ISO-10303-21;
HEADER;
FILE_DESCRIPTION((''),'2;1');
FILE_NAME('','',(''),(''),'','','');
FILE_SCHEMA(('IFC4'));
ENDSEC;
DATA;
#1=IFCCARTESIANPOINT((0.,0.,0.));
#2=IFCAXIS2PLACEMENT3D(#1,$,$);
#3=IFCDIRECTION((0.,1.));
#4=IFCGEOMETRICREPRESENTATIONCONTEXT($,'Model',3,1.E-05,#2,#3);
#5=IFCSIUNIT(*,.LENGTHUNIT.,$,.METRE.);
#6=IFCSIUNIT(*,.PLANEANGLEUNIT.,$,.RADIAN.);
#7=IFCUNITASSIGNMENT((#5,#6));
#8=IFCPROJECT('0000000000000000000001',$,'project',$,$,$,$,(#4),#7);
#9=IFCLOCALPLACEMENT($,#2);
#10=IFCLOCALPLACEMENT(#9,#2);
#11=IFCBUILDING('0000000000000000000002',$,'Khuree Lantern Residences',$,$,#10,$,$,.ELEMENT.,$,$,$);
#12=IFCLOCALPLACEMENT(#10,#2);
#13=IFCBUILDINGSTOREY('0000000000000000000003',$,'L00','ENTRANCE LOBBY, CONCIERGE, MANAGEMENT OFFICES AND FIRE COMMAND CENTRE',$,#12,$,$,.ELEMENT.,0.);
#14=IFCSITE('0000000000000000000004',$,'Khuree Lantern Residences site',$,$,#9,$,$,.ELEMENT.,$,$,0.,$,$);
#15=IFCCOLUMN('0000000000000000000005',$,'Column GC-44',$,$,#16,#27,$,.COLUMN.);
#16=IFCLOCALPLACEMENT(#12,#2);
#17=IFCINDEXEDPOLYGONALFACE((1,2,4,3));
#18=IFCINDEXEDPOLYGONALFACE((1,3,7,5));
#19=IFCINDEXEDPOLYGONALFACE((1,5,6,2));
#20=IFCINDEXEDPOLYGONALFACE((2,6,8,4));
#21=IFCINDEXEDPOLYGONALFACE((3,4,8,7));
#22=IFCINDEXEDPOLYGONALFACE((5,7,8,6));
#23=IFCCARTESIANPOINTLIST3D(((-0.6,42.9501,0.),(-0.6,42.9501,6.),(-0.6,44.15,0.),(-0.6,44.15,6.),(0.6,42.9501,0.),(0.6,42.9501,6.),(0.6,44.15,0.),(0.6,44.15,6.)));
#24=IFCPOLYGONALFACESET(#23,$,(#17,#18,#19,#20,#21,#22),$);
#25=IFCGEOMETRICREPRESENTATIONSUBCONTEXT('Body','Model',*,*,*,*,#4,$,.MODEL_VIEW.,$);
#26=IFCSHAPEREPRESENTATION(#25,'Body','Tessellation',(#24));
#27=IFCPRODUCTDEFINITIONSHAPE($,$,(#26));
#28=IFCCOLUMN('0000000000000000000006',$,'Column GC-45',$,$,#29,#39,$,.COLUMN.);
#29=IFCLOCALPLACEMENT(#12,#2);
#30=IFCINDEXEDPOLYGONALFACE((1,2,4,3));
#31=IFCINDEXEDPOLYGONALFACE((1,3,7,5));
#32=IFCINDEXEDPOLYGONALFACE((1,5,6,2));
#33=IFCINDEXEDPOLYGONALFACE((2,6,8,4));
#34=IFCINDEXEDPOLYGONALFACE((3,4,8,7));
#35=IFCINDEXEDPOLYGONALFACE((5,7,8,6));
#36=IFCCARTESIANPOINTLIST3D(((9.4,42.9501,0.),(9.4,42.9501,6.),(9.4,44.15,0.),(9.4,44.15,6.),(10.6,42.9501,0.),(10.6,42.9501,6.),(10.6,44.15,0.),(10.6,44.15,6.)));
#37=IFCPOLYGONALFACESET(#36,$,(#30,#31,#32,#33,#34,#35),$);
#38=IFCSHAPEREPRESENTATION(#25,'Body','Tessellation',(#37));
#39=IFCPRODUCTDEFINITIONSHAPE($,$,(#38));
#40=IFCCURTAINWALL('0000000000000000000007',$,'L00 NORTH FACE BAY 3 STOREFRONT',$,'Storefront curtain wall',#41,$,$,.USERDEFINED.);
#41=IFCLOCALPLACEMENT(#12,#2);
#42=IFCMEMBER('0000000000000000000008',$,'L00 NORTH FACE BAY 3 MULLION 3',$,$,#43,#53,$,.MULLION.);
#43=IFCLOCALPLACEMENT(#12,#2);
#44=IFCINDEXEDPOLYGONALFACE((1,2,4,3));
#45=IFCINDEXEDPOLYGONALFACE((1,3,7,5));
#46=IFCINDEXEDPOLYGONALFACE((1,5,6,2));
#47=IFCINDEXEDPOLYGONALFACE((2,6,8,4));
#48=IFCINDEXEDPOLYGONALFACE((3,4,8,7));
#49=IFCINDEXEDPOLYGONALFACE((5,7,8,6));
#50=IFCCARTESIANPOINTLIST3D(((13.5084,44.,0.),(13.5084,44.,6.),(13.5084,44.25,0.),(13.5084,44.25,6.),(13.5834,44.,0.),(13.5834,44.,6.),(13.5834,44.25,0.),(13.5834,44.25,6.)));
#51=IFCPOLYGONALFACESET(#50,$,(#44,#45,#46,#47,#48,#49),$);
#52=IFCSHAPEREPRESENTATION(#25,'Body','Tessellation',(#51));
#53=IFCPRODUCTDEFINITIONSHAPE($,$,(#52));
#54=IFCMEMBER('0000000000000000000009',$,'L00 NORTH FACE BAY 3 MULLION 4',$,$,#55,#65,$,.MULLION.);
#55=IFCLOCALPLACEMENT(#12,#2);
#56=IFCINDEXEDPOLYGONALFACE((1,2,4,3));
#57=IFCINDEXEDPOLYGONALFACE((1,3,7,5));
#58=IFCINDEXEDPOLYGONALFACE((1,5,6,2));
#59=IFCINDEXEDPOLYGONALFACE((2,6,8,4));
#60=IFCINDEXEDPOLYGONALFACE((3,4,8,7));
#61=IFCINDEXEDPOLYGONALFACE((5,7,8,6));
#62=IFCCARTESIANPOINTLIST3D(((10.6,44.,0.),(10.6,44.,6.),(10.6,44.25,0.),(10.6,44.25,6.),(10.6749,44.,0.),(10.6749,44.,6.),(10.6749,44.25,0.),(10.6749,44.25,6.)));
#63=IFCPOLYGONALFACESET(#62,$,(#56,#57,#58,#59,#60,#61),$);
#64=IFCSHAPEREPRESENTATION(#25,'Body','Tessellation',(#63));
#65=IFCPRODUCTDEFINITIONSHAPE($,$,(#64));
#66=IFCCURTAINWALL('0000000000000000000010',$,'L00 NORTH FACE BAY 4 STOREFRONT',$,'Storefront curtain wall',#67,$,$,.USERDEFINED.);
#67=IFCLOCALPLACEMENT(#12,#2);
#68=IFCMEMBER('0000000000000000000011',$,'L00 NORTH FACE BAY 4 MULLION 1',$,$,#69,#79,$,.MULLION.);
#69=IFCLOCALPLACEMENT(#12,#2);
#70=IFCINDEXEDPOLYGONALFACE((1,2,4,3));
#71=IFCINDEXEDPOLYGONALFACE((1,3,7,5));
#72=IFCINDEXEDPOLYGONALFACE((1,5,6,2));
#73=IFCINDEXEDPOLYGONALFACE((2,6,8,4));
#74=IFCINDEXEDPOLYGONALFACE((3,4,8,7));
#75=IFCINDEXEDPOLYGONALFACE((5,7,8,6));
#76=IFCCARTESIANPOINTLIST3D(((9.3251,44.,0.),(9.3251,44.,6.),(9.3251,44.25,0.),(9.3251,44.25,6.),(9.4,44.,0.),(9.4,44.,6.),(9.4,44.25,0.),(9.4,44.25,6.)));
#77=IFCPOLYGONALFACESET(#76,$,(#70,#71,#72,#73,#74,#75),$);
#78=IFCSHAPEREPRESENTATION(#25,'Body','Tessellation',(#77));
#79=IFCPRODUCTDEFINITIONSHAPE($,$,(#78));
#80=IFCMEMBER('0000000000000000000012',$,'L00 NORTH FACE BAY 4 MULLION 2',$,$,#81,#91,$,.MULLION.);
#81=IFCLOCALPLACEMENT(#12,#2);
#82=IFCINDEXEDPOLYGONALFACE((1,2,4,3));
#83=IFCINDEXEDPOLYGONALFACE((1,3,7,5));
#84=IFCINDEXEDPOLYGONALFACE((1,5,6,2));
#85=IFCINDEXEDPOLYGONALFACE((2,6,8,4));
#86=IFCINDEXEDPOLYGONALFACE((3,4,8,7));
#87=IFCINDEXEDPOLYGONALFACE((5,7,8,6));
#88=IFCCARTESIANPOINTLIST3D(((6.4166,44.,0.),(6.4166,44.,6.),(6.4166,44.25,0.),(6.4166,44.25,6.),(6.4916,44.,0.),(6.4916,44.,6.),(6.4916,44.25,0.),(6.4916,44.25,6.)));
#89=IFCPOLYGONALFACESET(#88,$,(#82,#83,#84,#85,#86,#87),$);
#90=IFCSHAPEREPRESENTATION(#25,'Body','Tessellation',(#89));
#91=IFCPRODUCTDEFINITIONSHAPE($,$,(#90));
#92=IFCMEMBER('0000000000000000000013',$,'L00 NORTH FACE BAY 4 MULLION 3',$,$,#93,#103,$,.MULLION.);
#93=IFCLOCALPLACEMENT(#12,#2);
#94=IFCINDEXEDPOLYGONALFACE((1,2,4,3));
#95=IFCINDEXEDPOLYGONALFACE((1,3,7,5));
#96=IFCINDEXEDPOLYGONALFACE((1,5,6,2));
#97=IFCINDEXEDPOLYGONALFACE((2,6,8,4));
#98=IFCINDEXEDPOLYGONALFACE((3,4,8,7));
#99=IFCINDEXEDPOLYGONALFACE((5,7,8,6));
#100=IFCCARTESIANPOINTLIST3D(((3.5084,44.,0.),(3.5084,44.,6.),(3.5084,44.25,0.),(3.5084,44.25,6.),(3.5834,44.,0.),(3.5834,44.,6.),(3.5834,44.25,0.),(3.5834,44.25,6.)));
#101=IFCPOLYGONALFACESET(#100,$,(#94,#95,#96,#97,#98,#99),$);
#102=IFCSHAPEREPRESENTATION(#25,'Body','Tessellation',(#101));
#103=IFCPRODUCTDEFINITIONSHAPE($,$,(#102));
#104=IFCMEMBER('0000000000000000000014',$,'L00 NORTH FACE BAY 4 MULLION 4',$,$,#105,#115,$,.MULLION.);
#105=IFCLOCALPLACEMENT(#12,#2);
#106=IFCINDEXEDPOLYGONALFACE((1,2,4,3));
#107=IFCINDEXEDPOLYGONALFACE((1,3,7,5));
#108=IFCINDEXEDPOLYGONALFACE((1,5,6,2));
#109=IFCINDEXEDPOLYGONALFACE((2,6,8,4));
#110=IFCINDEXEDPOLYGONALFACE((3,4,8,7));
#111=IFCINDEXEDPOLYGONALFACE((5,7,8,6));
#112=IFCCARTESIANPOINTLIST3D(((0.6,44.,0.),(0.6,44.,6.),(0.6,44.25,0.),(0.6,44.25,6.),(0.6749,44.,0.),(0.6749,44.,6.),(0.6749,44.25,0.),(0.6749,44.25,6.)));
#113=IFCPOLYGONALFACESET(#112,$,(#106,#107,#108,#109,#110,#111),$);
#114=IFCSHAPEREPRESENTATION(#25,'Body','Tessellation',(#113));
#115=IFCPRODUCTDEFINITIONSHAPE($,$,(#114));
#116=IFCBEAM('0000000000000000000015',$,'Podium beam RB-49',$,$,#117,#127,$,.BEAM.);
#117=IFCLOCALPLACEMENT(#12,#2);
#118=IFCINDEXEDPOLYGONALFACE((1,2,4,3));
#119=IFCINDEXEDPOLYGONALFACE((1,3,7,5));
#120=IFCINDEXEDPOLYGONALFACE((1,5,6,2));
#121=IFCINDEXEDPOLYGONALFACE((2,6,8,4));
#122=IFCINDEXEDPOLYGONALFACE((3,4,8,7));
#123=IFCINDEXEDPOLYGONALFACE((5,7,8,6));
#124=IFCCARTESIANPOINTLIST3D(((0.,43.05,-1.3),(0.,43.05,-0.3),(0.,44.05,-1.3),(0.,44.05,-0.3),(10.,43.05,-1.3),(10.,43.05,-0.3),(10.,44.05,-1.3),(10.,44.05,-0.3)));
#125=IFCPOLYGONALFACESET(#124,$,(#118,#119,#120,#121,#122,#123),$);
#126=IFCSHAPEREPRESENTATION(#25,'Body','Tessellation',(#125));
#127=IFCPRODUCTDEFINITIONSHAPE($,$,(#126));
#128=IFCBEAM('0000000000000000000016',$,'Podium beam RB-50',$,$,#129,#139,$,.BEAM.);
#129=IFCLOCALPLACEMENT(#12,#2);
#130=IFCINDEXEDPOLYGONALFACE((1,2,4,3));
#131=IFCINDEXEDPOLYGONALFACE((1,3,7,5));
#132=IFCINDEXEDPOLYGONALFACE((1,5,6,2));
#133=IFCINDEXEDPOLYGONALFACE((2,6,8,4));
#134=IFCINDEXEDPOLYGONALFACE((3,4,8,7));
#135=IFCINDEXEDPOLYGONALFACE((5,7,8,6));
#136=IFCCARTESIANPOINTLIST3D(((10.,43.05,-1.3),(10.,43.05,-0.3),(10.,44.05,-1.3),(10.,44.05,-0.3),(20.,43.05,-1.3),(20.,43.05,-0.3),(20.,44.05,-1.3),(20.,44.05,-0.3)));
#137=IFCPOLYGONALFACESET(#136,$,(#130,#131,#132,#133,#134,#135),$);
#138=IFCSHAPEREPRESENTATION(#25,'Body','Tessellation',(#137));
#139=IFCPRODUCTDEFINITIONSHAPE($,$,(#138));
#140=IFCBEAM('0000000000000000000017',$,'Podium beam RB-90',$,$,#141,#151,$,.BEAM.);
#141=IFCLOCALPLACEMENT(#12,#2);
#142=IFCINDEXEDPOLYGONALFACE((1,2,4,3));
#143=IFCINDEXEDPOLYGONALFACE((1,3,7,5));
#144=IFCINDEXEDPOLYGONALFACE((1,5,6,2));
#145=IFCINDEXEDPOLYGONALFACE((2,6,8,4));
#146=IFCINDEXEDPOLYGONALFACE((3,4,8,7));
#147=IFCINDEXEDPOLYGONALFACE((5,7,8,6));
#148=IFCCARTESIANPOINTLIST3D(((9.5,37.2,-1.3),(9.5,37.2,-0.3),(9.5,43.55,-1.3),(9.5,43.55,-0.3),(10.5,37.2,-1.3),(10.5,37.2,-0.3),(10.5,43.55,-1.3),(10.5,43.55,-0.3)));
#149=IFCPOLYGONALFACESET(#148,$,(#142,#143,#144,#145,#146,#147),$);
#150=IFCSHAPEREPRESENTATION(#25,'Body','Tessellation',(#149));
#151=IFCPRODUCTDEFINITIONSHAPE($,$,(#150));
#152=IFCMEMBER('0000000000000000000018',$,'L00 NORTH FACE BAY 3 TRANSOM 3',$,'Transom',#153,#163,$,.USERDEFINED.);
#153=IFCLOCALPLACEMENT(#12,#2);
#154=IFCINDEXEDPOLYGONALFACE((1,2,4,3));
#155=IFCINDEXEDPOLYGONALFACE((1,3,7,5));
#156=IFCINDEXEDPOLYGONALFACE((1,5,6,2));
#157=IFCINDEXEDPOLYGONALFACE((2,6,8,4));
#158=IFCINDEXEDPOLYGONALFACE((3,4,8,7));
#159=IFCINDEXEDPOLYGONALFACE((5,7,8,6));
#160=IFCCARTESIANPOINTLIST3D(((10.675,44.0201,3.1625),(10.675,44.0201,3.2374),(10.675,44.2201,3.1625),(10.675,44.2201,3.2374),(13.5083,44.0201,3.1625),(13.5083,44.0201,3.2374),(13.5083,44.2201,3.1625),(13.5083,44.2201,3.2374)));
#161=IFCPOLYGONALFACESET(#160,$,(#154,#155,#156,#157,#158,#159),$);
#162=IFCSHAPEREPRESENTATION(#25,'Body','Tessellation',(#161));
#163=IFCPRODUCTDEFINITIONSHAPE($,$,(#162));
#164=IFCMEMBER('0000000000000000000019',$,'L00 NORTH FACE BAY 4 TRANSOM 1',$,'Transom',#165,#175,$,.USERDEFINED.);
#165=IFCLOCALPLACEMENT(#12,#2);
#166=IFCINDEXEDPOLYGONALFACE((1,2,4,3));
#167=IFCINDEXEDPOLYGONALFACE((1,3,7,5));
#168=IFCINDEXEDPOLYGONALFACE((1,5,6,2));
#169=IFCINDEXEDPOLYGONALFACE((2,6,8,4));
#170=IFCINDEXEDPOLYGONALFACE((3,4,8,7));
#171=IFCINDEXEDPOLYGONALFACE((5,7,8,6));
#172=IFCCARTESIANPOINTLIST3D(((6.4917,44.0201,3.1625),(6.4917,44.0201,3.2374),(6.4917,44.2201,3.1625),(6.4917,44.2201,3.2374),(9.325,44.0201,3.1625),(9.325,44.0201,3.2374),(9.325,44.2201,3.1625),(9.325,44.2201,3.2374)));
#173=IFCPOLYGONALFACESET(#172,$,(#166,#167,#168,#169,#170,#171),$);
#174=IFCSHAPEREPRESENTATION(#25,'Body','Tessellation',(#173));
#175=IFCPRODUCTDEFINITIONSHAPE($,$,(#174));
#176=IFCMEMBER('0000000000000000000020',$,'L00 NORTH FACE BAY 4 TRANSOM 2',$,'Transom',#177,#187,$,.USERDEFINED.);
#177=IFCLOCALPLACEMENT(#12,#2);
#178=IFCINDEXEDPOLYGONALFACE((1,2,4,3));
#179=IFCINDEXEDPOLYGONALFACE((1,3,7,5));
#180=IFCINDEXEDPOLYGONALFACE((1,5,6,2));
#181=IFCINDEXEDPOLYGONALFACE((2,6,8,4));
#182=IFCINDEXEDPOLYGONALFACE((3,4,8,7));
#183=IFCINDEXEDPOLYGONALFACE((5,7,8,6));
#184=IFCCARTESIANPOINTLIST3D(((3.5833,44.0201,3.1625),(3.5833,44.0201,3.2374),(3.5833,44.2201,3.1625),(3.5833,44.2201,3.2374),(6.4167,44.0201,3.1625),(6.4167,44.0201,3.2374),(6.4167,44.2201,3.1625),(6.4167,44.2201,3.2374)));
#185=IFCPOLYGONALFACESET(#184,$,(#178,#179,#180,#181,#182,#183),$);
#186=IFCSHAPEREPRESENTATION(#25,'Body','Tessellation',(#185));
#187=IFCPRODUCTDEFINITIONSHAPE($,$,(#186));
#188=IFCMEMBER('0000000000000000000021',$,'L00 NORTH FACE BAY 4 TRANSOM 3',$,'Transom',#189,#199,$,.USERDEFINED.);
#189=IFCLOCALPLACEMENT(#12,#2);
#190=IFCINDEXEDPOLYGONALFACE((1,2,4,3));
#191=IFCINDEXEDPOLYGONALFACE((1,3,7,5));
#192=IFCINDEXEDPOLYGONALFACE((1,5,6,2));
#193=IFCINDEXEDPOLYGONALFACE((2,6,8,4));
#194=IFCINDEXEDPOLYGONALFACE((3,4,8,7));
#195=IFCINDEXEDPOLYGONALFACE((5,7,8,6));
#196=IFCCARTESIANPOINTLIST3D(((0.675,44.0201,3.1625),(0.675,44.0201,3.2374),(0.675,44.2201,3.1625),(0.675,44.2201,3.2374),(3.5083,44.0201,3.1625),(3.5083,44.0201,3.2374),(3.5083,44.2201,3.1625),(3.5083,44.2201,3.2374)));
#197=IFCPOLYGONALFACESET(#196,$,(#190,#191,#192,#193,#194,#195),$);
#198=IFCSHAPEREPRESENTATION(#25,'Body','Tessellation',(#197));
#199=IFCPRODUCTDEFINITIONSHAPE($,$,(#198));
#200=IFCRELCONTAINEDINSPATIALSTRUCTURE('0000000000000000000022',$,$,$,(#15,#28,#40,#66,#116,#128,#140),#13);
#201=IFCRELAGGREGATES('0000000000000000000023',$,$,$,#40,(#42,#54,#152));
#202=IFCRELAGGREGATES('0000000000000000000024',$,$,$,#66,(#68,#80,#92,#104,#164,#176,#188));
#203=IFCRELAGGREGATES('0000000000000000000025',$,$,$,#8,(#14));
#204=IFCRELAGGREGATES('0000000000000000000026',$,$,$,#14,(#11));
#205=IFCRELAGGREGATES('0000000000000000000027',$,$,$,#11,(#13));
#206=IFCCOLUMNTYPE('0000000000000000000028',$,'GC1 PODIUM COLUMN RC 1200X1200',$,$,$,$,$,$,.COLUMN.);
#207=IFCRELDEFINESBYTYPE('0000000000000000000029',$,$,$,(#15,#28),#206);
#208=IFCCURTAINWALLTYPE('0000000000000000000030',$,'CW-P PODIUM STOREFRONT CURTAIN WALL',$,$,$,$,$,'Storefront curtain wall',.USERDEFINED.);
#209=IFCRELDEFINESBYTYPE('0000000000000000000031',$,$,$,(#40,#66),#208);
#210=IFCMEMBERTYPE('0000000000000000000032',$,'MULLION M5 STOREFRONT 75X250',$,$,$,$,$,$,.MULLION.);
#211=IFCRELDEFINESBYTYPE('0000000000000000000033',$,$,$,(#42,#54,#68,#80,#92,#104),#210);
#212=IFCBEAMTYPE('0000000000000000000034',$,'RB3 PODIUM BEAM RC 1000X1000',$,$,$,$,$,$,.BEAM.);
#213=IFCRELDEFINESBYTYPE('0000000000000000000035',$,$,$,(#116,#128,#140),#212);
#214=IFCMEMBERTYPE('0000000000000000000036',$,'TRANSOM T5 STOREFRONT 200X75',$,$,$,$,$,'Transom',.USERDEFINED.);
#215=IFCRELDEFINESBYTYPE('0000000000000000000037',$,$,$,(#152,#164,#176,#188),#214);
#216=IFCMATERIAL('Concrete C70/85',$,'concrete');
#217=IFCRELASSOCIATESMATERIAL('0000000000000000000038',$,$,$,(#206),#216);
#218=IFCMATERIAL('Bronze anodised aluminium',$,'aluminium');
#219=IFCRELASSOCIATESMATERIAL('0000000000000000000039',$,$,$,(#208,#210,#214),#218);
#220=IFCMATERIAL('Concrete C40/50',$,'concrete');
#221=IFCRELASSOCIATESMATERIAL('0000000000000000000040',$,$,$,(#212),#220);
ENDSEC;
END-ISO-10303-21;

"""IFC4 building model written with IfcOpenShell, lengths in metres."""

from ifc_helpers import new_model, si_unit, direction, frame, origin, origin_2d, place, context, subcontext, project, spatial, rectangle, extrude, material, material_profile, profile_set, type_object, element, aggregate, save


model = new_model("IFC4")

# Units and contexts
model_context = context("Model", 3, precision=1e-05, world=origin(), true_north=direction((0.0, 1.0)))
body_context = subcontext(model_context, "Body", "Model", "MODEL_VIEW")
ifc_project = project(units=[si_unit("LENGTHUNIT", "METRE"), si_unit("PLANEANGLEUNIT", "RADIAN")], contexts=[model_context])

# Site, building, storey
site_placement = place(None, origin())
site = spatial("IfcSite", under=ifc_project, at=site_placement, Name="Khuree Lantern Residences site", CompositionType="ELEMENT", RefElevation=0.0)
building_placement = place(site_placement, origin())
building = spatial("IfcBuilding", under=site, at=building_placement, Name="Khuree Lantern Residences", CompositionType="ELEMENT")
storey_placement = place(building_placement, origin())
storey = spatial("IfcBuildingStorey", under=building, at=storey_placement, Name="L00", Description="ENTRANCE LOBBY, CONCIERGE, MANAGEMENT OFFICES AND FIRE COMMAND CENTRE", CompositionType="ELEMENT", Elevation=0.0)

# Columns
ifc_material_1 = material(Name="Concrete C70/85", Category="concrete")
ifc_material_profile_1 = material_profile(ifc_material_1, rectangle(XDim=1.2, YDim=1.2, at=origin_2d()), Name="RC 1200X1200")
ifc_profile_set_1 = profile_set([ifc_material_profile_1], Name="Concrete C70/85")
column_type = type_object("IfcColumnType", Name="GC1 PODIUM COLUMN RC 1200X1200", PredefinedType="COLUMN", material=ifc_profile_set_1)
for number, where, z_axis, x_axis, name in (
    (1, (0.0, 43.55, 0.0), (0.0, 0.0, 1.0), (1.0, 0.0, 0.0), "Column GC-44"),
    (2, (10.0, 43.55, 0.0), (0.0, 0.0, 1.0), (1.0, 0.0, 0.0), "Column GC-45"),
):
    element("IfcColumn", number, at=place(storey_placement, frame(where, z_axis=z_axis, x_axis=x_axis)), inside=storey, type_object=column_type, Name=name, PredefinedType="COLUMN", context=body_context, shape_type="SweptSolid", body=[
        extrude(rectangle(XDim=1.2, YDim=1.2, at=origin_2d()), origin(), (0.0, 0.0, 1.0), 6.0),
    ])

# Curtain walls, members
ifc_material_2 = material(Name="Bronze anodised aluminium", Category="aluminium")
curtain_wall_type = type_object("IfcCurtainWallType", Name="CW-P PODIUM STOREFRONT CURTAIN WALL", ElementType="Storefront curtain wall", PredefinedType="USERDEFINED", material=ifc_material_2)
curtain_wall_1_placement = place(storey_placement, origin())
curtain_wall_1 = element("IfcCurtainWall", 3, at=curtain_wall_1_placement, inside=storey, type_object=curtain_wall_type, Name="L00 NORTH FACE BAY 3 STOREFRONT", ObjectType="Storefront curtain wall", PredefinedType="USERDEFINED")
ifc_material_profile_2 = material_profile(ifc_material_2, rectangle(XDim=0.075, YDim=0.25, at=origin_2d()), Name="M5 75X250")
ifc_profile_set_2 = profile_set([ifc_material_profile_2], Name="Bronze anodised aluminium")
member_type_1 = type_object("IfcMemberType", Name="MULLION M5 STOREFRONT 75X250", PredefinedType="MULLION", material=ifc_profile_set_2)
member_1_placement = place(storey_placement, frame((13.5459, 44.125, 0.0), z_axis=(0.0, 0.0, 1.0), x_axis=(-1.0, 0.0, 0.0)))
member_1 = element("IfcMember", 4, at=member_1_placement, type_object=member_type_1, Name="L00 NORTH FACE BAY 3 MULLION 3", PredefinedType="MULLION", context=body_context, shape_type="SweptSolid", body=[
    extrude(rectangle(XDim=0.075, YDim=0.25, at=origin_2d()), origin(), (0.0, 0.0, 1.0), 6.0),
])
member_2_placement = place(storey_placement, frame((10.6375, 44.125, 0.0), z_axis=(0.0, 0.0, 1.0), x_axis=(-1.0, 0.0, 0.0)))
member_2 = element("IfcMember", 5, at=member_2_placement, type_object=member_type_1, Name="L00 NORTH FACE BAY 3 MULLION 4", PredefinedType="MULLION", context=body_context, shape_type="SweptSolid", body=[
    extrude(rectangle(XDim=0.075, YDim=0.25, at=origin_2d()), origin(), (0.0, 0.0, 1.0), 6.0),
])
curtain_wall_2_placement = place(storey_placement, origin())
curtain_wall_2 = element("IfcCurtainWall", 6, at=curtain_wall_2_placement, inside=storey, type_object=curtain_wall_type, Name="L00 NORTH FACE BAY 4 STOREFRONT", ObjectType="Storefront curtain wall", PredefinedType="USERDEFINED")
member_3_placement = place(storey_placement, frame((9.3625, 44.125, 0.0), z_axis=(0.0, 0.0, 1.0), x_axis=(-1.0, 0.0, 0.0)))
member_3 = element("IfcMember", 7, at=member_3_placement, type_object=member_type_1, Name="L00 NORTH FACE BAY 4 MULLION 1", PredefinedType="MULLION", context=body_context, shape_type="SweptSolid", body=[
    extrude(rectangle(XDim=0.075, YDim=0.25, at=origin_2d()), origin(), (0.0, 0.0, 1.0), 6.0),
])
member_4_placement = place(storey_placement, frame((6.4541, 44.125, 0.0), z_axis=(0.0, 0.0, 1.0), x_axis=(-1.0, 0.0, 0.0)))
member_4 = element("IfcMember", 8, at=member_4_placement, type_object=member_type_1, Name="L00 NORTH FACE BAY 4 MULLION 2", PredefinedType="MULLION", context=body_context, shape_type="SweptSolid", body=[
    extrude(rectangle(XDim=0.075, YDim=0.25, at=origin_2d()), origin(), (0.0, 0.0, 1.0), 6.0),
])
member_5_placement = place(storey_placement, frame((3.5459, 44.125, 0.0), z_axis=(0.0, 0.0, 1.0), x_axis=(-1.0, 0.0, 0.0)))
member_5 = element("IfcMember", 9, at=member_5_placement, type_object=member_type_1, Name="L00 NORTH FACE BAY 4 MULLION 3", PredefinedType="MULLION", context=body_context, shape_type="SweptSolid", body=[
    extrude(rectangle(XDim=0.075, YDim=0.25, at=origin_2d()), origin(), (0.0, 0.0, 1.0), 6.0),
])
member_6_placement = place(storey_placement, frame((0.6375, 44.125, 0.0), z_axis=(0.0, 0.0, 1.0), x_axis=(-1.0, 0.0, 0.0)))
member_6 = element("IfcMember", 10, at=member_6_placement, type_object=member_type_1, Name="L00 NORTH FACE BAY 4 MULLION 4", PredefinedType="MULLION", context=body_context, shape_type="SweptSolid", body=[
    extrude(rectangle(XDim=0.075, YDim=0.25, at=origin_2d()), origin(), (0.0, 0.0, 1.0), 6.0),
])

# Beams
ifc_material_3 = material(Name="Concrete C40/50", Category="concrete")
ifc_material_profile_3 = material_profile(ifc_material_3, rectangle(XDim=1.0, YDim=1.0, at=origin_2d()), Name="RC 1000X1000")
ifc_profile_set_3 = profile_set([ifc_material_profile_3], Name="Concrete C40/50")
beam_type = type_object("IfcBeamType", Name="RB3 PODIUM BEAM RC 1000X1000", PredefinedType="BEAM", material=ifc_profile_set_3)
for number, where, z_axis, x_axis, name in (
    (11, (0.0, 43.55, -0.8), (1.0, 0.0, 0.0), (0.0, 1.0, 0.0), "Podium beam RB-49"),
    (12, (10.0, 43.55, -0.8), (1.0, 0.0, 0.0), (0.0, 1.0, 0.0), "Podium beam RB-50"),
):
    element("IfcBeam", number, at=place(storey_placement, frame(where, z_axis=z_axis, x_axis=x_axis)), inside=storey, type_object=beam_type, Name=name, PredefinedType="BEAM", context=body_context, shape_type="SweptSolid", body=[
        extrude(rectangle(XDim=1.0, YDim=1.0, at=origin_2d()), origin(), (0.0, 0.0, 1.0), 10.0),
    ])
beam_placement = place(storey_placement, frame((10.0, 37.2, -0.8), z_axis=(0.0, 1.0, 0.0), x_axis=(-1.0, 0.0, 0.0)))
element("IfcBeam", 13, at=beam_placement, inside=storey, type_object=beam_type, Name="Podium beam RB-90", PredefinedType="BEAM", context=body_context, shape_type="SweptSolid", body=[
    extrude(rectangle(XDim=1.0, YDim=1.0, at=origin_2d()), origin(), (0.0, 0.0, 1.0), 6.3501),
])

# Members
ifc_material_profile_4 = material_profile(ifc_material_2, rectangle(XDim=0.2, YDim=0.075, at=origin_2d()), Name="T5 200X75")
ifc_profile_set_4 = profile_set([ifc_material_profile_4], Name="Bronze anodised aluminium")
member_type_2 = type_object("IfcMemberType", Name="TRANSOM T5 STOREFRONT 200X75", ElementType="Transom", PredefinedType="USERDEFINED", material=ifc_profile_set_4)
member_7_placement = place(storey_placement, frame((13.5083, 44.1201, 3.2), z_axis=(-1.0, 0.0, 0.0), x_axis=(0.0, -1.0, 0.0)))
member_7 = element("IfcMember", 14, at=member_7_placement, type_object=member_type_2, Name="L00 NORTH FACE BAY 3 TRANSOM 3", ObjectType="Transom", PredefinedType="USERDEFINED", context=body_context, shape_type="SweptSolid", body=[
    extrude(rectangle(XDim=0.2, YDim=0.075, at=origin_2d()), origin(), (0.0, 0.0, 1.0), 2.8333),
])
member_8_placement = place(storey_placement, frame((9.325, 44.1201, 3.2), z_axis=(-1.0, 0.0, 0.0), x_axis=(0.0, -1.0, 0.0)))
member_8 = element("IfcMember", 15, at=member_8_placement, type_object=member_type_2, Name="L00 NORTH FACE BAY 4 TRANSOM 1", ObjectType="Transom", PredefinedType="USERDEFINED", context=body_context, shape_type="SweptSolid", body=[
    extrude(rectangle(XDim=0.2, YDim=0.075, at=origin_2d()), origin(), (0.0, 0.0, 1.0), 2.8333),
])
member_9_placement = place(storey_placement, frame((6.4167, 44.1201, 3.2), z_axis=(-1.0, 0.0, 0.0), x_axis=(0.0, -1.0, 0.0)))
member_9 = element("IfcMember", 16, at=member_9_placement, type_object=member_type_2, Name="L00 NORTH FACE BAY 4 TRANSOM 2", ObjectType="Transom", PredefinedType="USERDEFINED", context=body_context, shape_type="SweptSolid", body=[
    extrude(rectangle(XDim=0.2, YDim=0.075, at=origin_2d()), origin(), (0.0, 0.0, 1.0), 2.8335),
])
member_10_placement = place(storey_placement, frame((3.5083, 44.1201, 3.2), z_axis=(-1.0, 0.0, 0.0), x_axis=(0.0, -1.0, 0.0)))
member_10 = element("IfcMember", 17, at=member_10_placement, type_object=member_type_2, Name="L00 NORTH FACE BAY 4 TRANSOM 3", ObjectType="Transom", PredefinedType="USERDEFINED", context=body_context, shape_type="SweptSolid", body=[
    extrude(rectangle(XDim=0.2, YDim=0.075, at=origin_2d()), origin(), (0.0, 0.0, 1.0), 2.8333),
])

aggregate(curtain_wall_1, [member_1, member_2, member_7])
aggregate(curtain_wall_2, [member_3, member_4, member_5, member_6, member_8, member_9, member_10])

save(model, "model.ifc")
